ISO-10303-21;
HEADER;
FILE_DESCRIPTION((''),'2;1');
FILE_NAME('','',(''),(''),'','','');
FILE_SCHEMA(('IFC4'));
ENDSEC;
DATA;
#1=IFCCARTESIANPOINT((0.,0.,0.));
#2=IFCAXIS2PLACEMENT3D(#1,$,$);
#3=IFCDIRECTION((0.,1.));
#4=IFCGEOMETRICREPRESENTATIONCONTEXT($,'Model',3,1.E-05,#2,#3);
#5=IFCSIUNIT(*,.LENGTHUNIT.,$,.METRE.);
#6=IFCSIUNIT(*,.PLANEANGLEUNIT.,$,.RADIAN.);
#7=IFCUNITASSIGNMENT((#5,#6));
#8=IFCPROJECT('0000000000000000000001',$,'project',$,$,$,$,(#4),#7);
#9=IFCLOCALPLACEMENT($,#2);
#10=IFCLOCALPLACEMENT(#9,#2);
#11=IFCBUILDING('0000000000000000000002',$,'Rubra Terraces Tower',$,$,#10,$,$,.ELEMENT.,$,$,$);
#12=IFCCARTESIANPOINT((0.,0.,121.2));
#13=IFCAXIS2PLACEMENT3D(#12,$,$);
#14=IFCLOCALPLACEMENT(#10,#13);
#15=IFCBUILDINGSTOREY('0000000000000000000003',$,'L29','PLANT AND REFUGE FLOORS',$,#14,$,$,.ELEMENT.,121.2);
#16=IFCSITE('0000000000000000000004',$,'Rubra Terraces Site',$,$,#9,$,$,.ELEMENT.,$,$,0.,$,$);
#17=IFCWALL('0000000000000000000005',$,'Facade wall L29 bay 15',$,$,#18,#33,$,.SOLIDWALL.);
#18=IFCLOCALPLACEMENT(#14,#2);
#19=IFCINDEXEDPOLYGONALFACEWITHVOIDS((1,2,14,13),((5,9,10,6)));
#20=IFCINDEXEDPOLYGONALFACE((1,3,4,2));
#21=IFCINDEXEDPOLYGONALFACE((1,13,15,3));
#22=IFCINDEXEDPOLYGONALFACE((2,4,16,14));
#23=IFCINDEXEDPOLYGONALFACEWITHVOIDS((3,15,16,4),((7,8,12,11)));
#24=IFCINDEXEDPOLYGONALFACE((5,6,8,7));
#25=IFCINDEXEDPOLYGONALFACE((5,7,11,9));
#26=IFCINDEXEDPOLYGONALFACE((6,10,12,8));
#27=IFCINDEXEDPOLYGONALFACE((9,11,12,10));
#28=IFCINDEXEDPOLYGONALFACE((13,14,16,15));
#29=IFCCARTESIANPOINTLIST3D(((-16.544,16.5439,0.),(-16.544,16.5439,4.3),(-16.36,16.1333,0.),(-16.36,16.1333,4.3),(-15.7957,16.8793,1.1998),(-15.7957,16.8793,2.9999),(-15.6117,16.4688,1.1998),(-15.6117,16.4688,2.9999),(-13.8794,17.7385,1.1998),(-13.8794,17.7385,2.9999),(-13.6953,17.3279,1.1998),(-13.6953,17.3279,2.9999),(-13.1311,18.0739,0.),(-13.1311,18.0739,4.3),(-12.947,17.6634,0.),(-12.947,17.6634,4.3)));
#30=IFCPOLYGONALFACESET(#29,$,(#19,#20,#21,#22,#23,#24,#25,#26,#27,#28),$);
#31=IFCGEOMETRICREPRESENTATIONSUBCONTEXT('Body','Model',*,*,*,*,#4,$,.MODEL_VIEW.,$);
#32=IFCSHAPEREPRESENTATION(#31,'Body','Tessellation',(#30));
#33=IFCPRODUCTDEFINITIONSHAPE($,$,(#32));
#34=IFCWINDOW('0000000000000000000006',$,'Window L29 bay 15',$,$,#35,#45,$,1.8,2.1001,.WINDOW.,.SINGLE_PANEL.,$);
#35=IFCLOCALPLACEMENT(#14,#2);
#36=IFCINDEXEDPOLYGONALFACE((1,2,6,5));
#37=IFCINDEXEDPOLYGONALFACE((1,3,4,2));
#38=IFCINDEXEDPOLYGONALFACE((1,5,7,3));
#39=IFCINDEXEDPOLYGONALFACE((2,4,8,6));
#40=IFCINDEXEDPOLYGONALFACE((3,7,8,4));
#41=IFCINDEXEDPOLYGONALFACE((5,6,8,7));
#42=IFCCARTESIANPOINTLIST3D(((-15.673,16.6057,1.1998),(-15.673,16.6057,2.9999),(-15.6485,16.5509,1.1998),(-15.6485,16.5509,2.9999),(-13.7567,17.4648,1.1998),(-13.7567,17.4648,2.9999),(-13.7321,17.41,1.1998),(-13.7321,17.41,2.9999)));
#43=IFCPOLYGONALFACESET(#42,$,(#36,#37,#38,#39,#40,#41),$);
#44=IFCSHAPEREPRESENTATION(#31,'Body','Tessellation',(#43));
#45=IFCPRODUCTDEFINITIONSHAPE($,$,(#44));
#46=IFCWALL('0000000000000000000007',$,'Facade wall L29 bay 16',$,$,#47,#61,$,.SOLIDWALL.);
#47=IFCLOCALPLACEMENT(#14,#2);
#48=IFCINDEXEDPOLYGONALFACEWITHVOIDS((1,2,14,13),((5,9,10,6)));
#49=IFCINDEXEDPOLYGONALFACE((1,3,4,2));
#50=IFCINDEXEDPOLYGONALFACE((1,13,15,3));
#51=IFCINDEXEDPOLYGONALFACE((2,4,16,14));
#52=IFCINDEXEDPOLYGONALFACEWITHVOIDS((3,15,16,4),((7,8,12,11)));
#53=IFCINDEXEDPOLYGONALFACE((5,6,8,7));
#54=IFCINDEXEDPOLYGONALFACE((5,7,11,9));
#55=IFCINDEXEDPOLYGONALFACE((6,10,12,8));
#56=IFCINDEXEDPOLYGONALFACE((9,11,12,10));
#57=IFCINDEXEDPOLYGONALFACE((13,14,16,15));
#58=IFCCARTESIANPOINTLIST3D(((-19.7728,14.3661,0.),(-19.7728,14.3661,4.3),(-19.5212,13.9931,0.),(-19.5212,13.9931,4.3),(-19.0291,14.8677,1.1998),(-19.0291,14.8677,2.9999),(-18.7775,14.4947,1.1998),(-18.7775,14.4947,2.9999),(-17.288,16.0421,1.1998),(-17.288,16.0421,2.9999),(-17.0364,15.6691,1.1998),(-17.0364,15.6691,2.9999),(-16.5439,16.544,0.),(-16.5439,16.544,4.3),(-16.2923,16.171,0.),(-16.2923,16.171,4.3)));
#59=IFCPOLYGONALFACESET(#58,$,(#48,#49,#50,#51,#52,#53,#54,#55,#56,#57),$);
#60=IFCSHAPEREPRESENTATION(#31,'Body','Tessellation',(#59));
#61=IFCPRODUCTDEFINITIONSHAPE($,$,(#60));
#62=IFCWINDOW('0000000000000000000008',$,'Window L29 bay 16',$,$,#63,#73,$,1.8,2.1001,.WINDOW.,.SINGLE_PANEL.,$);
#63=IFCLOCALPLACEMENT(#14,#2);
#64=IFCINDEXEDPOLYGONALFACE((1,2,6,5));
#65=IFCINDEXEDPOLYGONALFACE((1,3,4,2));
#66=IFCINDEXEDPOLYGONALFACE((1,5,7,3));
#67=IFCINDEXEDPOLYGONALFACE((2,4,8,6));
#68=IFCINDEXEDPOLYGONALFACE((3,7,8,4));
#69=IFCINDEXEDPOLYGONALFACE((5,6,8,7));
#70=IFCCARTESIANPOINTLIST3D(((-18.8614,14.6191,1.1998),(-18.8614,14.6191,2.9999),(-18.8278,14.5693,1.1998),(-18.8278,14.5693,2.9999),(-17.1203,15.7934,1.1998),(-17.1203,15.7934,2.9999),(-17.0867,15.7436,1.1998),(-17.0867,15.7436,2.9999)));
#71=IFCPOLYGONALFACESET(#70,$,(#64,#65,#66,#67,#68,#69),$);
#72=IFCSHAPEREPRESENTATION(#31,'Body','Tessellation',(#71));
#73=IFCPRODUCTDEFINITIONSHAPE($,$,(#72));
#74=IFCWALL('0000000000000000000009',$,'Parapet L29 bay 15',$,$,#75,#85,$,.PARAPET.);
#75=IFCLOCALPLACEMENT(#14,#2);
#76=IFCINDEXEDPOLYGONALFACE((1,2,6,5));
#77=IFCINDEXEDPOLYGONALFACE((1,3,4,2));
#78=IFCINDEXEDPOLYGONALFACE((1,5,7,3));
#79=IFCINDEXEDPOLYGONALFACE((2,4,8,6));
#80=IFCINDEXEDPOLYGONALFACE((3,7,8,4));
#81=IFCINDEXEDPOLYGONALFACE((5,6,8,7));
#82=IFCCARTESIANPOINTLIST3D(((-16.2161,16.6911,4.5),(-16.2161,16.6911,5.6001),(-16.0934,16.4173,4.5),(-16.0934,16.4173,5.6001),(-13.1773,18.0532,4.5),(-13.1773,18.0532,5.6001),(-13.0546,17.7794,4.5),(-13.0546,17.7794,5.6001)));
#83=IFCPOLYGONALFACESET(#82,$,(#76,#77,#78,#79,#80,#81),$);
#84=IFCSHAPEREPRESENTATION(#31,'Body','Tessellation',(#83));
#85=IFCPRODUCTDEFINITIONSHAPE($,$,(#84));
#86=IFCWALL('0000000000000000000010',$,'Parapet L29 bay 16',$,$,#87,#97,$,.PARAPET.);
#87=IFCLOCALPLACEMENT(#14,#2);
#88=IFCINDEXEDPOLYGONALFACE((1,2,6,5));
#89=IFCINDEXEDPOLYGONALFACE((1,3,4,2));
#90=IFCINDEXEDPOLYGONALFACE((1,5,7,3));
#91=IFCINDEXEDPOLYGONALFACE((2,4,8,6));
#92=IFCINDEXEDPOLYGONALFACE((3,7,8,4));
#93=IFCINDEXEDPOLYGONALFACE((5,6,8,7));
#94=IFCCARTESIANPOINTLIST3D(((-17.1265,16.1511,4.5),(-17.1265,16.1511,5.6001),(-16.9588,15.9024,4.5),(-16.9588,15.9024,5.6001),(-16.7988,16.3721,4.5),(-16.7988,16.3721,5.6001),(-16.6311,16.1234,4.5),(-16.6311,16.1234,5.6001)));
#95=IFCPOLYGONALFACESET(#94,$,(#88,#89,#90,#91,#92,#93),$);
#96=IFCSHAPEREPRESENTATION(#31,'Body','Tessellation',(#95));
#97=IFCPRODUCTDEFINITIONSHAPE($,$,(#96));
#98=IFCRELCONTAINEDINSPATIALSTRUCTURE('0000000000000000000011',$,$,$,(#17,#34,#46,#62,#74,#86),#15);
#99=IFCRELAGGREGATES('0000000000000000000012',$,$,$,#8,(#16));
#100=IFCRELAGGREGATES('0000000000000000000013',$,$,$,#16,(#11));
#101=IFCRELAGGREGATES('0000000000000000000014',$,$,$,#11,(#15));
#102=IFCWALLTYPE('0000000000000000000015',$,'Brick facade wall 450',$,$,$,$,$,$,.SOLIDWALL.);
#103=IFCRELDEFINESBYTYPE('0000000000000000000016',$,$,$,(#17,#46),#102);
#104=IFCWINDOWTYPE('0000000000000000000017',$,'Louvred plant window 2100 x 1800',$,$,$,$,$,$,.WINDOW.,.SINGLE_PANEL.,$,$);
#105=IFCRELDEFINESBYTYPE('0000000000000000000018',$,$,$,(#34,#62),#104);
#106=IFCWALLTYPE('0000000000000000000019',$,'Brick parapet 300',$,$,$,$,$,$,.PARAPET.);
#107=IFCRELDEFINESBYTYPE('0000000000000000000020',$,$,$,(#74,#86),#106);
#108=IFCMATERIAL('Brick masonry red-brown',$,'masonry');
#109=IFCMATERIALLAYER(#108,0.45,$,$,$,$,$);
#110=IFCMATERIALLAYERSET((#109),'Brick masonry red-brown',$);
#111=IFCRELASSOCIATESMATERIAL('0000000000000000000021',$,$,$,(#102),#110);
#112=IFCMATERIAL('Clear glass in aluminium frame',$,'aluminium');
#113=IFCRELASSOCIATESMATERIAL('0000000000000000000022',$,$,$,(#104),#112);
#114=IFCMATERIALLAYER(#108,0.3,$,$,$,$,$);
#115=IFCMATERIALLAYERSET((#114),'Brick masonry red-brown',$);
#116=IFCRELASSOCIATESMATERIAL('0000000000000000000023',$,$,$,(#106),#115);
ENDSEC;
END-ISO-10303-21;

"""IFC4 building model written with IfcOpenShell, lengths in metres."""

from ifc_helpers import new_model, si_unit, direction, frame, frame_2d, origin, place, context, subcontext, project, spatial, rectangle, extrude, material, layer, layer_set, type_object, element, fill, save


model = new_model("IFC4")

# Units and contexts
model_context = context("Model", 3, precision=1e-05, world=origin(), true_north=direction((0.0, 1.0)))
body_context = subcontext(model_context, "Body", "Model", "MODEL_VIEW")
ifc_project = project(units=[si_unit("LENGTHUNIT", "METRE"), si_unit("PLANEANGLEUNIT", "RADIAN")], contexts=[model_context])

# Site, building, storey
site_placement = place(None, origin())
site = spatial("IfcSite", under=ifc_project, at=site_placement, Name="Rubra Terraces Site", CompositionType="ELEMENT", RefElevation=0.0)
building_placement = place(site_placement, origin())
building = spatial("IfcBuilding", under=site, at=building_placement, Name="Rubra Terraces Tower", CompositionType="ELEMENT")
storey_placement = place(building_placement, frame((0.0, 0.0, 121.2)))
storey = spatial("IfcBuildingStorey", under=building, at=storey_placement, Name="L29", Description="PLANT AND REFUGE FLOORS", CompositionType="ELEMENT", Elevation=121.2)

# Walls, openings, windows
ifc_material_1 = material(Name="Brick masonry red-brown", Category="masonry")
ifc_layer_1 = layer(ifc_material_1, 0.45)
ifc_layer_set_1 = layer_set([ifc_layer_1], Name="Brick masonry red-brown")
wall_type_1 = type_object("IfcWallType", Name="Brick facade wall 450", PredefinedType="SOLIDWALL", material=ifc_layer_set_1)
wall_1_placement = place(storey_placement, frame((-13.0391, 17.8687, 0.0), z_axis=(0.0, 0.0, 1.0), x_axis=(-0.912496, -0.409086, 0.0)))
wall_1 = element("IfcWall", 1, at=wall_1_placement, inside=storey, type_object=wall_type_1, Name="Facade wall L29 bay 15", PredefinedType="SOLIDWALL", context=body_context, shape_type="SweptSolid", body=[
    extrude(rectangle(XDim=3.7402, YDim=0.45, at=frame_2d((1.8701, 0.0))), origin(), (0.0, 0.0, 1.0), 4.3),
])
opening_1_placement = place(wall_1_placement, frame((0.8201, 0.0, 1.2)))
opening_1 = element("IfcOpeningElement", 2, at=opening_1_placement, cuts=wall_1, PredefinedType="OPENING", context=body_context, shape_type="SweptSolid", body=[
    extrude(rectangle(XDim=2.1001, YDim=1.8, at=frame_2d((1.05, 0.8999))), frame((0.0, 0.2349, 0.0), z_axis=(0.0, -1.0, 0.0), x_axis=(1.0, 0.0, 0.0)), (0.0, 0.0, 1.0), 0.47),
])
ifc_material_2 = material(Name="Clear glass in aluminium frame", Category="aluminium")
window_type = type_object("IfcWindowType", Name="Louvred plant window 2100 x 1800", PartitioningType="SINGLE_PANEL", PredefinedType="WINDOW", material=ifc_material_2)
window_1_placement = place(opening_1_placement, origin())
window_1 = element("IfcWindow", 3, at=window_1_placement, inside=storey, type_object=window_type, Name="Window L29 bay 15", OverallHeight=1.8, OverallWidth=2.1001, PartitioningType="SINGLE_PANEL", PredefinedType="WINDOW", context=body_context, shape_type="SweptSolid", body=[
    extrude(rectangle(XDim=2.1001, YDim=1.8, at=frame_2d((1.05, 0.8999))), frame((0.0, 0.135, 0.0), z_axis=(0.0, -1.0, 0.0), x_axis=(1.0, 0.0, 0.0)), (0.0, 0.0, 1.0), 0.0601),
])
fill(opening_1, window_1)
wall_2_placement = place(storey_placement, frame((-16.4182, 16.3574, 0.0), z_axis=(0.0, 0.0, 1.0), x_axis=(-0.829039, -0.559191, 0.0)))
wall_2 = element("IfcWall", 4, at=wall_2_placement, inside=storey, type_object=wall_type_1, Name="Facade wall L29 bay 16", PredefinedType="SOLIDWALL", context=body_context, shape_type="SweptSolid", body=[
    extrude(rectangle(XDim=3.8948, YDim=0.45, at=frame_2d((1.9473, 0.0))), origin(), (0.0, 0.0, 1.0), 4.3),
])
opening_2_placement = place(wall_2_placement, frame((0.8975, 0.0, 1.2)))
opening_2 = element("IfcOpeningElement", 5, at=opening_2_placement, cuts=wall_2, PredefinedType="OPENING", context=body_context, shape_type="SweptSolid", body=[
    extrude(rectangle(XDim=2.1001, YDim=1.8, at=frame_2d((1.05, 0.8999))), frame((0.0, 0.2349, 0.0), z_axis=(0.0, -1.0, 0.0), x_axis=(1.0, 0.0, 0.0)), (0.0, 0.0, 1.0), 0.47),
])
window_2_placement = place(opening_2_placement, origin())
window_2 = element("IfcWindow", 6, at=window_2_placement, inside=storey, type_object=window_type, Name="Window L29 bay 16", OverallHeight=1.8, OverallWidth=2.1001, PartitioningType="SINGLE_PANEL", PredefinedType="WINDOW", context=body_context, shape_type="SweptSolid", body=[
    extrude(rectangle(XDim=2.1001, YDim=1.8, at=frame_2d((1.05, 0.8999))), frame((0.0, 0.135, 0.0), z_axis=(0.0, -1.0, 0.0), x_axis=(1.0, 0.0, 0.0)), (0.0, 0.0, 1.0), 0.0601),
])
fill(opening_2, window_2)

# Walls
ifc_layer_2 = layer(ifc_material_1, 0.3)
ifc_layer_set_2 = layer_set([ifc_layer_2], Name="Brick masonry red-brown")
wall_type_2 = type_object("IfcWallType", Name="Brick parapet 300", PredefinedType="PARAPET", material=ifc_layer_set_2)
wall_3_placement = place(storey_placement, frame((-13.116, 17.9163, 4.5), z_axis=(0.0, 0.0, 1.0), x_axis=(-0.912528, -0.409014, 0.0)))
element("IfcWall", 7, at=wall_3_placement, inside=storey, type_object=wall_type_2, Name="Parapet L29 bay 15", PredefinedType="PARAPET", context=body_context, shape_type="SweptSolid", body=[
    extrude(rectangle(XDim=3.3301, YDim=0.3, at=frame_2d((1.665, 0.0))), origin(), (0.0, 0.0, 1.0), 1.1001),
])
wall_4_placement = place(storey_placement, frame((-16.7148, 16.2478, 4.5), z_axis=(0.0, 0.0, 1.0), x_axis=(-0.829092, -0.559112, 0.0)))
element("IfcWall", 8, at=wall_4_placement, inside=storey, type_object=wall_type_2, Name="Parapet L29 bay 16", PredefinedType="PARAPET", context=body_context, shape_type="SweptSolid", body=[
    extrude(rectangle(XDim=0.3953, YDim=0.3, at=frame_2d((0.1978, 0.0))), origin(), (0.0, 0.0, 1.0), 1.1001),
])

save(model, "model.ifc")
